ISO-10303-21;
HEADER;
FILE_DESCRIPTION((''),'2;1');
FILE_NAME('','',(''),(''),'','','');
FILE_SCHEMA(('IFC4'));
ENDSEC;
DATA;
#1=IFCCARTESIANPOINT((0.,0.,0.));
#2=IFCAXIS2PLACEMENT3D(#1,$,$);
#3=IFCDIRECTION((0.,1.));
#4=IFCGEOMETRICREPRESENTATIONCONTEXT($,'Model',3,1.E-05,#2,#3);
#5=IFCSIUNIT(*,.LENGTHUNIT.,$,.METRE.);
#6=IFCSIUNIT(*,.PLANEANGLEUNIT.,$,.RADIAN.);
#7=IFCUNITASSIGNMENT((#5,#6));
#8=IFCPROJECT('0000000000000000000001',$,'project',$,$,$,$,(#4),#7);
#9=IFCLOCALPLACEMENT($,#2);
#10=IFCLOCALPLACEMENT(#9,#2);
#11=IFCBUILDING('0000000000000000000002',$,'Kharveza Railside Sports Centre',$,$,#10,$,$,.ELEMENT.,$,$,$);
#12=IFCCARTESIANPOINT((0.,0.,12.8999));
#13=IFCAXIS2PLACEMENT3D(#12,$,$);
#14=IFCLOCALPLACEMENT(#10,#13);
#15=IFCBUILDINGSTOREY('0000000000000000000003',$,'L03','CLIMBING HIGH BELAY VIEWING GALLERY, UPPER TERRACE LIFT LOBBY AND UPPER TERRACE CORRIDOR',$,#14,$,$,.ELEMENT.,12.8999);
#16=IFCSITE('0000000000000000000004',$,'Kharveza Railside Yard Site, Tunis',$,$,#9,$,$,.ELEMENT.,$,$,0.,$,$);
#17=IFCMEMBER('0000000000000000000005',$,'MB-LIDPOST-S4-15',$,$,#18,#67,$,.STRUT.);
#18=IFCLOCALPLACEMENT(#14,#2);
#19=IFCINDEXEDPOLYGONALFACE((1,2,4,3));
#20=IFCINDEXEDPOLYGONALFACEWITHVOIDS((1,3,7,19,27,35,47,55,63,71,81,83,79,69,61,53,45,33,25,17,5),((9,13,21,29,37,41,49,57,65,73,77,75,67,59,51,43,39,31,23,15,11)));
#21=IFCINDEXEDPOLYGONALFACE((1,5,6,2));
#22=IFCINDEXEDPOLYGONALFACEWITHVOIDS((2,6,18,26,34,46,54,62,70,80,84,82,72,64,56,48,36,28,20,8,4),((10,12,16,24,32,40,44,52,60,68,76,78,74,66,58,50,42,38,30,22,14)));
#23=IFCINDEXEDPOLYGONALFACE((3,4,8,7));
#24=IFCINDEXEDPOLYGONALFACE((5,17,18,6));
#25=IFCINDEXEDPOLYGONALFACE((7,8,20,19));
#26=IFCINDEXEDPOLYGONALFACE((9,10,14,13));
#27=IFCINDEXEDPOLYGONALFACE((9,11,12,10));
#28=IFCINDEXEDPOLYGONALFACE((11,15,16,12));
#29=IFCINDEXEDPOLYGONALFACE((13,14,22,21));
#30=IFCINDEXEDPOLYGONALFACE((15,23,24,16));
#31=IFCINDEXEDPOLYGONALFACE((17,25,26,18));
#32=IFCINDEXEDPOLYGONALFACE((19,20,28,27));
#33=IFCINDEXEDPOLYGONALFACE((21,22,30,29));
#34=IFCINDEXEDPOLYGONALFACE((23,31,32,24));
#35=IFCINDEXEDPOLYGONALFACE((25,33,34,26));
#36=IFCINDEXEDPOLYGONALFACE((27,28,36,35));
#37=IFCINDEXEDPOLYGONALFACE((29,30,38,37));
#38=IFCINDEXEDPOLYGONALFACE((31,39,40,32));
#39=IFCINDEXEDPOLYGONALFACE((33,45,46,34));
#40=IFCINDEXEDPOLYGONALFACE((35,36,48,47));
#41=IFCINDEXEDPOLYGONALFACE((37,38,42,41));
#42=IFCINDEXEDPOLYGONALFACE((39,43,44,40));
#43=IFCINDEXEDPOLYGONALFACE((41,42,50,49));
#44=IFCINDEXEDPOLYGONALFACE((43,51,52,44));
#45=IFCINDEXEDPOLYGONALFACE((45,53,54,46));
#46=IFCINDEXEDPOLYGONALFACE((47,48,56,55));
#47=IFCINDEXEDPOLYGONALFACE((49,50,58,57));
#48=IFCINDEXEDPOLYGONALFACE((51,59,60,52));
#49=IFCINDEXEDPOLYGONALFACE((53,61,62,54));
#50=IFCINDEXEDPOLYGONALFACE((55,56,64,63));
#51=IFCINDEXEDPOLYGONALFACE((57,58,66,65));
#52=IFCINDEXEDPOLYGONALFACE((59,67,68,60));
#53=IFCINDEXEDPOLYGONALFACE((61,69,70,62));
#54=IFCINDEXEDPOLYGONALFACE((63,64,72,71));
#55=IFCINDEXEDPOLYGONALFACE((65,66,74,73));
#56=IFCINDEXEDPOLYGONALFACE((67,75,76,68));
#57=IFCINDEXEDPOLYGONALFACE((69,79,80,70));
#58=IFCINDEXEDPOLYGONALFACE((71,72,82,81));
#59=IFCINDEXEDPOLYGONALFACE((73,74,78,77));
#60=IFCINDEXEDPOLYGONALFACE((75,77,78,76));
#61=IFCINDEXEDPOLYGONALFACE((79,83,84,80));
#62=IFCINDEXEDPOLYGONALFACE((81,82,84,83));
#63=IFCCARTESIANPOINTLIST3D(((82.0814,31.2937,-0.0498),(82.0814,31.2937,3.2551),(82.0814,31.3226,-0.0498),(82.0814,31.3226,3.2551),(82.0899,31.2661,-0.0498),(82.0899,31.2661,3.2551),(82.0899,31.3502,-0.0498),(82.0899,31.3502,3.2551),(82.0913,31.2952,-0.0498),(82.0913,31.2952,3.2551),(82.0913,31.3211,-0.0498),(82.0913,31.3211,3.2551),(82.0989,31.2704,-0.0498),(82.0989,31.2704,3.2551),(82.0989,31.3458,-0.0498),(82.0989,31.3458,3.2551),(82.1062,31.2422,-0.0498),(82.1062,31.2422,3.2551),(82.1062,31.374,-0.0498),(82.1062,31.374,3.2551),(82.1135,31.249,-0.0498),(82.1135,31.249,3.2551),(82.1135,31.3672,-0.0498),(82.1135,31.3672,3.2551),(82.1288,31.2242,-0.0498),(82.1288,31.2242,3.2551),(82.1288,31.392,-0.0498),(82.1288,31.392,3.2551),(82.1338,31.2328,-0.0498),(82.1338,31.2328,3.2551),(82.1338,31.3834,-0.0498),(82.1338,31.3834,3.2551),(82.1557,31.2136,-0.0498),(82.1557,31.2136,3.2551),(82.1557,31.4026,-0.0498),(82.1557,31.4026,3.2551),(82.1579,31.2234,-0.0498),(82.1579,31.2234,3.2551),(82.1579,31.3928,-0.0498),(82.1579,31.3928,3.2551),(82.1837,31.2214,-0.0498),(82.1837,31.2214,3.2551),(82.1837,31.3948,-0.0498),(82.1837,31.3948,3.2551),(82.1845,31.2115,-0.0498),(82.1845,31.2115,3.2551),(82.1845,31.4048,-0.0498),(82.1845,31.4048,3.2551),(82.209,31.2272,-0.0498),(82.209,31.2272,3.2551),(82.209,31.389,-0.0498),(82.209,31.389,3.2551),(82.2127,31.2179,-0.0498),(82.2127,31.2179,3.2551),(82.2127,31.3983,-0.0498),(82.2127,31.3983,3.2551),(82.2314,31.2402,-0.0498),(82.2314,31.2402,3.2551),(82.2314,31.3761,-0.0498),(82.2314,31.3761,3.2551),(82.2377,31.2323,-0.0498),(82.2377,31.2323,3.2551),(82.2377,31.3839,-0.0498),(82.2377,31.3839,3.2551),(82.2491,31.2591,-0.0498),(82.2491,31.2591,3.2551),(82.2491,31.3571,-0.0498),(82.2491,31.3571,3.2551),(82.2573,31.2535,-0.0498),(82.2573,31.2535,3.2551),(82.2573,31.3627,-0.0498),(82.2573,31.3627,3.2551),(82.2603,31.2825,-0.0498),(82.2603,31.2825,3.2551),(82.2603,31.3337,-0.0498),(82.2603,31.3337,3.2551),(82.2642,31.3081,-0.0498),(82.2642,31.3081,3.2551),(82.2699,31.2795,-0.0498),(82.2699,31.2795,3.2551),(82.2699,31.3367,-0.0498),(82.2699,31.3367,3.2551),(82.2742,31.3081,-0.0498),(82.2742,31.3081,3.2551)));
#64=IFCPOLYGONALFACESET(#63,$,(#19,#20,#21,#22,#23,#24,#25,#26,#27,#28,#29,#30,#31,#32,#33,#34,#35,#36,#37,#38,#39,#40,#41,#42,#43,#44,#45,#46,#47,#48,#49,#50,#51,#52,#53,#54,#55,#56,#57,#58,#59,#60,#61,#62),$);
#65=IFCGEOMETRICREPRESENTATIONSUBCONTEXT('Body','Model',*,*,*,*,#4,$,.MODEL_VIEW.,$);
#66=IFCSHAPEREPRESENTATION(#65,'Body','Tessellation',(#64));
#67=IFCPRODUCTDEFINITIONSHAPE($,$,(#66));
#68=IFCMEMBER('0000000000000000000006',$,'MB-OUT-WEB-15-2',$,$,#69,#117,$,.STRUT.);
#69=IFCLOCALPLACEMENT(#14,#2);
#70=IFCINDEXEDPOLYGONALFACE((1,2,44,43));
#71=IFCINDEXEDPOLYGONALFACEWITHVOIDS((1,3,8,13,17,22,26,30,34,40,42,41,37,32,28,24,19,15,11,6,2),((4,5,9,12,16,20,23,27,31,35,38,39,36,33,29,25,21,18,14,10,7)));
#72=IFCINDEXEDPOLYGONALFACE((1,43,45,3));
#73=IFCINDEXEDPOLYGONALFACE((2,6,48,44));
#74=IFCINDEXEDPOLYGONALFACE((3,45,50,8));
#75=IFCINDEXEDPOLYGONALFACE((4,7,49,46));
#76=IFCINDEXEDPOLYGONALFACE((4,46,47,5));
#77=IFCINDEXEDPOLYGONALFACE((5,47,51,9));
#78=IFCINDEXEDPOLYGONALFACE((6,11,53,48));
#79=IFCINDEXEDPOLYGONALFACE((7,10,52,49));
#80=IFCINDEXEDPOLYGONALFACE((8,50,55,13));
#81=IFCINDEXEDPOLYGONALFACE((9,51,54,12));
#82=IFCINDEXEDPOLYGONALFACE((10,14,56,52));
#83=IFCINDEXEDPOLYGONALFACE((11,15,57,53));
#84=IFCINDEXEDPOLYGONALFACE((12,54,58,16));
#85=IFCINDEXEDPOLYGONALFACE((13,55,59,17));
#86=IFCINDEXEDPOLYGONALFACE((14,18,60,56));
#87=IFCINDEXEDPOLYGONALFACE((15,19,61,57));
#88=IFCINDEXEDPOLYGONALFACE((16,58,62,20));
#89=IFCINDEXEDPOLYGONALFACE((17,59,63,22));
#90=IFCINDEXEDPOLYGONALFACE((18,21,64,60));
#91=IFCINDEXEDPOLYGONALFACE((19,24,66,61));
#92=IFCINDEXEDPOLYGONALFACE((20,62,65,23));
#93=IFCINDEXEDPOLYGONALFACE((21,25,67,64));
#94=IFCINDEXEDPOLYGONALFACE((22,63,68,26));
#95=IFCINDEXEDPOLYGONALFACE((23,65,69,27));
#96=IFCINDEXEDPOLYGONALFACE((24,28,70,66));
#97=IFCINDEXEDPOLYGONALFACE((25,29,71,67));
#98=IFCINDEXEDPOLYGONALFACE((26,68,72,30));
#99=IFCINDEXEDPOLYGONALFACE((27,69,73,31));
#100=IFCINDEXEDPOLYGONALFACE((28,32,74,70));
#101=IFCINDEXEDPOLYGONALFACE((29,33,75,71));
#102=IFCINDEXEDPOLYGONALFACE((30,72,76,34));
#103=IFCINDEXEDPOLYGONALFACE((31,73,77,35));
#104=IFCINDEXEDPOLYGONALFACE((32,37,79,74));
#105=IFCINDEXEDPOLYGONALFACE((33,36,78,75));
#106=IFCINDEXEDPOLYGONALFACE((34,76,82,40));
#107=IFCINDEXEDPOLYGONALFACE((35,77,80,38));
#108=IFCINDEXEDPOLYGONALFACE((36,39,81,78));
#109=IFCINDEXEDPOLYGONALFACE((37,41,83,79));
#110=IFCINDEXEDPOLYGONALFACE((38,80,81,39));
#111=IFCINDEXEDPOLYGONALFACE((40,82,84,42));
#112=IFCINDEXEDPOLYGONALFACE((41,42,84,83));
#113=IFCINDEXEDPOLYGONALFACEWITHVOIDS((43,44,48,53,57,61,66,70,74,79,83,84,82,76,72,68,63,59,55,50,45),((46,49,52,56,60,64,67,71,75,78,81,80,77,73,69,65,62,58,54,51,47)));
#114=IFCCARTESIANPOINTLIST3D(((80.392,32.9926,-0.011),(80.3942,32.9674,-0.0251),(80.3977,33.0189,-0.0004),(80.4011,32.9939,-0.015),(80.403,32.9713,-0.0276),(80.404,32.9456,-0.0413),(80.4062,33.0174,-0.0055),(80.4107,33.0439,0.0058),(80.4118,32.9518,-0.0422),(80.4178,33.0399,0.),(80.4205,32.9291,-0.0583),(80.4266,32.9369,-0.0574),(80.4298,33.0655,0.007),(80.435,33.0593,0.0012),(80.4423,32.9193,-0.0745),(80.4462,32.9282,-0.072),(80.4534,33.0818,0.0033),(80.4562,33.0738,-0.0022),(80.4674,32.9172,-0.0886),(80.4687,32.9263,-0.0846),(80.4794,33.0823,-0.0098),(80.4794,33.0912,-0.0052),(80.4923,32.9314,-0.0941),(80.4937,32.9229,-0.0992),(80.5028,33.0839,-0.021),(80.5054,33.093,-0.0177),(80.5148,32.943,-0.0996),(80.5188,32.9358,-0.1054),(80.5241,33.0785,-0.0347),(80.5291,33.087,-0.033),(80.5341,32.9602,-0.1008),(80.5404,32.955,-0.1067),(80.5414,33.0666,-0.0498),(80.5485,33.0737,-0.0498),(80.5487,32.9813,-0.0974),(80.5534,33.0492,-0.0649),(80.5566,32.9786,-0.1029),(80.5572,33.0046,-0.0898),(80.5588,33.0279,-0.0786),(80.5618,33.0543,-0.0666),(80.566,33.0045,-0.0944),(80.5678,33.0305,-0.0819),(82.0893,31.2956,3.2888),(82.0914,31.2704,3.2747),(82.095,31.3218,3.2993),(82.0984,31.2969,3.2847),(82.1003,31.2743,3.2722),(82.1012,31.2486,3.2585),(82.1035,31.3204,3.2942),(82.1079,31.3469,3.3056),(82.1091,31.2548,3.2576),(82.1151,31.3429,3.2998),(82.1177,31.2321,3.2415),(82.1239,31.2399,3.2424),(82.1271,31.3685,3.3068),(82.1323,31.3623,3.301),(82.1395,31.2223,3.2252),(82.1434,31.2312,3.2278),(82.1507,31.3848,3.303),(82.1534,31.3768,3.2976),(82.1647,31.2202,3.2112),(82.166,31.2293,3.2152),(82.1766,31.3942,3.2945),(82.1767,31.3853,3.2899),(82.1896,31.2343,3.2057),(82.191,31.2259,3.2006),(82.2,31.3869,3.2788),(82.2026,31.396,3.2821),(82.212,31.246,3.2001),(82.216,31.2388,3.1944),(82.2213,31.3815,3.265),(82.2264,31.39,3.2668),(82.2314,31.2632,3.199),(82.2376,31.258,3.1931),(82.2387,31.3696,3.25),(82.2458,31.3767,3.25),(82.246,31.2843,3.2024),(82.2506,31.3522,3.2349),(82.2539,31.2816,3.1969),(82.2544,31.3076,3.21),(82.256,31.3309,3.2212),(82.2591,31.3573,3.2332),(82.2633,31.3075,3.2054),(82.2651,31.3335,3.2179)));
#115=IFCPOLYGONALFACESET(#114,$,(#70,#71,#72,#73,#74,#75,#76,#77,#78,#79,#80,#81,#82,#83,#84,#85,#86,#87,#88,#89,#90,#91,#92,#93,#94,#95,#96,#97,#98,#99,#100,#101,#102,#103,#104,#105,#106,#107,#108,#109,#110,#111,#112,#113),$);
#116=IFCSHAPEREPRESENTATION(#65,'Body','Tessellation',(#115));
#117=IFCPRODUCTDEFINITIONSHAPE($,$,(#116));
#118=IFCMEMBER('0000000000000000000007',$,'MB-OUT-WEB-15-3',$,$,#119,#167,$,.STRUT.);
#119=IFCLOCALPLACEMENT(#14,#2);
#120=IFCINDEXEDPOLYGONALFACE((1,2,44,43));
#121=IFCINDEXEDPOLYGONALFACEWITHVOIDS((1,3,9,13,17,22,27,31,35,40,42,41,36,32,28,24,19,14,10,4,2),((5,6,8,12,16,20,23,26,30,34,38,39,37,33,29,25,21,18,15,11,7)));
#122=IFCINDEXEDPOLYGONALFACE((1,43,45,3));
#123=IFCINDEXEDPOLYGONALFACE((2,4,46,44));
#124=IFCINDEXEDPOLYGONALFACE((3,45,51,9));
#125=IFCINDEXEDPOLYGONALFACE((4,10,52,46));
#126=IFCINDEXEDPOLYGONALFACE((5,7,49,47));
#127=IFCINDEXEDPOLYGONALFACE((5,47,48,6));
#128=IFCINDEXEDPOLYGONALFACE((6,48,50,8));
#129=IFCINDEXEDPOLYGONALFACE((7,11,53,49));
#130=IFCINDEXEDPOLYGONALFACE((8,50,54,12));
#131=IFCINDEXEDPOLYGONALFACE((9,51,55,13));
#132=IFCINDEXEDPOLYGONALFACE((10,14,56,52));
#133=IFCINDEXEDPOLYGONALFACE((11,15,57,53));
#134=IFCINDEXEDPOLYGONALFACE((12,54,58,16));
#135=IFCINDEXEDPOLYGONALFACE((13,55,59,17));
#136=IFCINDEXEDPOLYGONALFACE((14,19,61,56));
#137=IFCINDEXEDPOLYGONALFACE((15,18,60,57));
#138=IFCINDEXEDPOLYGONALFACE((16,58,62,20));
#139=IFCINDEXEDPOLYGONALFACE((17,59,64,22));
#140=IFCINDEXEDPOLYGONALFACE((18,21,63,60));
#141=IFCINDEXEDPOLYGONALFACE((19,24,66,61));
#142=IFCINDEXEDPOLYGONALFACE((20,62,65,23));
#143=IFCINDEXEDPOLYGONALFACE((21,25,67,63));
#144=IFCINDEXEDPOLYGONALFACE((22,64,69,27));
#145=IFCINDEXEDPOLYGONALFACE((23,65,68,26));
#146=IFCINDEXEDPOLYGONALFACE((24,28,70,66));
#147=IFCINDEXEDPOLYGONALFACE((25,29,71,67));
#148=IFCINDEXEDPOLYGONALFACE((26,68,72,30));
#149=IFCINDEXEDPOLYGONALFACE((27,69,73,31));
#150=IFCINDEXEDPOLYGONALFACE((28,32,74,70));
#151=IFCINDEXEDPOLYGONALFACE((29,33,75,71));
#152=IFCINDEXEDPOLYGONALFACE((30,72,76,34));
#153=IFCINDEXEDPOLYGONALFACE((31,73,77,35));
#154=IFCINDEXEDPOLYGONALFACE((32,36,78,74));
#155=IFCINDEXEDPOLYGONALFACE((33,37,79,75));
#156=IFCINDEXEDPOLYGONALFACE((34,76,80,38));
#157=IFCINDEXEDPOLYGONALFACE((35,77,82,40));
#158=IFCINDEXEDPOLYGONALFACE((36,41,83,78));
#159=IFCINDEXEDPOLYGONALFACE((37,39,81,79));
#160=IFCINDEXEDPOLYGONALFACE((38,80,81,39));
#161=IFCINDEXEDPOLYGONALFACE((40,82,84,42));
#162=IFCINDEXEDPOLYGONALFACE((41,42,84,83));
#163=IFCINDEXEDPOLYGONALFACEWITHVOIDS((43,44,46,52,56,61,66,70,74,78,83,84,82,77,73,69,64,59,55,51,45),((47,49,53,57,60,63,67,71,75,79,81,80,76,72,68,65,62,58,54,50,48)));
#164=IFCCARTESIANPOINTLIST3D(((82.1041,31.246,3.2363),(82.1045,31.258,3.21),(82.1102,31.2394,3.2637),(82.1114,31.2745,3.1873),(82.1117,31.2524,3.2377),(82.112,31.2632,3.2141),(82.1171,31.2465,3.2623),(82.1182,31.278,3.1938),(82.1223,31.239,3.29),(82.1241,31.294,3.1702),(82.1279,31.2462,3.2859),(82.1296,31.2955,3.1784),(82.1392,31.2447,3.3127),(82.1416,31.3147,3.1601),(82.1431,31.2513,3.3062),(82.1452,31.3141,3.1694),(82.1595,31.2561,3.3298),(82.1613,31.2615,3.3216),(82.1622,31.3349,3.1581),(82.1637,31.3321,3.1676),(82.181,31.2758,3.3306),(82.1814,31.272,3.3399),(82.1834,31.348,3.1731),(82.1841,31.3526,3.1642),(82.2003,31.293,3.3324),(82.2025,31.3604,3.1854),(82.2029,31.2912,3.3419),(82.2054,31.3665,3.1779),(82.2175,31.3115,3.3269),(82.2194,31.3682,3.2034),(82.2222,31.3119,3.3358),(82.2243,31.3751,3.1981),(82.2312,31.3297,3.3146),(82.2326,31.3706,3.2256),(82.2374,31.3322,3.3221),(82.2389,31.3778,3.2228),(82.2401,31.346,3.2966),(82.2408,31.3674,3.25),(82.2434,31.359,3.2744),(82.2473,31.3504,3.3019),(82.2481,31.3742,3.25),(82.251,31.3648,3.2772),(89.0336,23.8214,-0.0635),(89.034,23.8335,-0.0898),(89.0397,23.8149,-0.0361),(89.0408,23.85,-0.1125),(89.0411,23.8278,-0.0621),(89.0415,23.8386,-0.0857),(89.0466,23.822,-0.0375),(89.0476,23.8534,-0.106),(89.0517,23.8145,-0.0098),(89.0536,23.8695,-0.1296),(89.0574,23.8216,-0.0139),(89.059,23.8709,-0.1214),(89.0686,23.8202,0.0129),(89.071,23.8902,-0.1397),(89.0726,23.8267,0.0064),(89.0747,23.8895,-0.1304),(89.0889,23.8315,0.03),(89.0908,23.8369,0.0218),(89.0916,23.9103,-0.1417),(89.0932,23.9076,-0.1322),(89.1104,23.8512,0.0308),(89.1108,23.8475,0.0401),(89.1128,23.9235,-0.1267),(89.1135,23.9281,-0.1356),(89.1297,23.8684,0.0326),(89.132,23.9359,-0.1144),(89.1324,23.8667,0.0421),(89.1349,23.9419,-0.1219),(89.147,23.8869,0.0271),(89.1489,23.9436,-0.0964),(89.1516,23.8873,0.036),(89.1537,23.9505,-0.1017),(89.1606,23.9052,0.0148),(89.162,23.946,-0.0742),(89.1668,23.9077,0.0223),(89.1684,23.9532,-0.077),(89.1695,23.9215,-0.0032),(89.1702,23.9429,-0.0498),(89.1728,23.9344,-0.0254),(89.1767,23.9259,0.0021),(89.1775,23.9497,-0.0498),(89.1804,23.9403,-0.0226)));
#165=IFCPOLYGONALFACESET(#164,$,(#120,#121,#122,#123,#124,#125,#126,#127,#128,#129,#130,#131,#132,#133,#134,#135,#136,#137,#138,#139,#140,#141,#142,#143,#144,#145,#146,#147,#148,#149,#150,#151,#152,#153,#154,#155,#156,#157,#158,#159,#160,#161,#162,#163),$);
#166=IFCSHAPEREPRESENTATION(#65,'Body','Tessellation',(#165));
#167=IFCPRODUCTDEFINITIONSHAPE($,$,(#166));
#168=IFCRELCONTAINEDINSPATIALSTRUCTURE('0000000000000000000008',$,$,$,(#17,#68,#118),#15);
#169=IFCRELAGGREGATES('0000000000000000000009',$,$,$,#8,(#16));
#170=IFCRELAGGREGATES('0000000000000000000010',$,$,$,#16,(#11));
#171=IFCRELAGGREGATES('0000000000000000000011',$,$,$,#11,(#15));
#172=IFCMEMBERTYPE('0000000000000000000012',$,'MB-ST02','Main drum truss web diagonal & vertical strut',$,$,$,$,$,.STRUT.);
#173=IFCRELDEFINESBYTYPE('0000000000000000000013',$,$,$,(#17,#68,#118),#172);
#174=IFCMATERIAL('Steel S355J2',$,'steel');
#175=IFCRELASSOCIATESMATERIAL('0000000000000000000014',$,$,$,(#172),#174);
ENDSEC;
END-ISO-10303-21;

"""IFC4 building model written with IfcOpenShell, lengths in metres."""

from ifc_helpers import new_model, si_unit, direction, frame, origin, origin_2d, place, context, subcontext, project, spatial, hollow_circle, extrude, material, material_profile, profile_set, type_object, element, save


model = new_model("IFC4")

# Units and contexts
model_context = context("Model", 3, precision=1e-05, world=origin(), true_north=direction((0.0, 1.0)))
body_context = subcontext(model_context, "Body", "Model", "MODEL_VIEW")
ifc_project = project(units=[si_unit("LENGTHUNIT", "METRE"), si_unit("PLANEANGLEUNIT", "RADIAN")], contexts=[model_context])

# Site, building, storey
site_placement = place(None, origin())
site = spatial("IfcSite", under=ifc_project, at=site_placement, Name="Kharveza Railside Yard Site, Tunis", CompositionType="ELEMENT", RefElevation=0.0)
building_placement = place(site_placement, origin())
building = spatial("IfcBuilding", under=site, at=building_placement, Name="Kharveza Railside Sports Centre", CompositionType="ELEMENT")
storey_placement = place(building_placement, frame((0.0, 0.0, 12.8999)))
storey = spatial("IfcBuildingStorey", under=building, at=storey_placement, Name="L03", Description="CLIMBING HIGH BELAY VIEWING GALLERY, UPPER TERRACE LIFT LOBBY AND UPPER TERRACE CORRIDOR", CompositionType="ELEMENT", Elevation=12.8999)

# Shared definitions
ifc_material_1 = material(Name="Steel S355J2", Category="steel")

# Members
ifc_material_profile_1 = material_profile(ifc_material_1, hollow_circle(Radius=0.0969, WallThickness=0.01, at=origin_2d()), Name="CHS 193.7x10.0")
ifc_profile_set_1 = profile_set([ifc_material_profile_1], Name="Steel S355J2")
member_type_1 = type_object("IfcMemberType", Name="MB-ST02", Description="Main drum truss web diagonal & vertical strut", PredefinedType="STRUT", material=ifc_profile_set_1)
member_1_placement = place(storey_placement, frame((82.1772, 31.3081, -0.0498), z_axis=(0.0, 0.0, 1.0), x_axis=(1.0, 0.0, 0.0)))
element("IfcMember", 1, at=member_1_placement, inside=storey, type_object=member_type_1, Name="MB-LIDPOST-S4-15", PredefinedType="STRUT", context=body_context, shape_type="SweptSolid", body=[
    extrude(hollow_circle(Radius=0.0969, WallThickness=0.01, at=origin_2d()), origin(), (0.0, 0.0, 1.0), 3.3049),
])
member_2_placement = place(storey_placement, frame((80.48, 33.0051, -0.0498), z_axis=(0.41596, -0.4159, 0.808705), x_axis=(0.707056, 0.707158, 0.0)))
element("IfcMember", 2, at=member_2_placement, inside=storey, type_object=member_type_1, Name="MB-OUT-WEB-15-2", PredefinedType="STRUT", context=body_context, shape_type="SweptSolid", body=[
    extrude(hollow_circle(Radius=0.0969, WallThickness=0.01, at=origin_2d()), origin(), (0.0, 0.0, 1.0), 4.0803),
])
member_3_placement = place(storey_placement, frame((82.1772, 31.3081, 3.25), z_axis=(0.648916, -0.695282, -0.309014), x_axis=(0.731062, 0.682311, 0.0)))
element("IfcMember", 3, at=member_3_placement, inside=storey, type_object=member_type_1, Name="MB-OUT-WEB-15-3", PredefinedType="STRUT", context=body_context, shape_type="SweptSolid", body=[
    extrude(hollow_circle(Radius=0.0969, WallThickness=0.01, at=origin_2d()), origin(), (0.0, 0.0, 1.0), 10.6785),
])

save(model, "model.ifc")
